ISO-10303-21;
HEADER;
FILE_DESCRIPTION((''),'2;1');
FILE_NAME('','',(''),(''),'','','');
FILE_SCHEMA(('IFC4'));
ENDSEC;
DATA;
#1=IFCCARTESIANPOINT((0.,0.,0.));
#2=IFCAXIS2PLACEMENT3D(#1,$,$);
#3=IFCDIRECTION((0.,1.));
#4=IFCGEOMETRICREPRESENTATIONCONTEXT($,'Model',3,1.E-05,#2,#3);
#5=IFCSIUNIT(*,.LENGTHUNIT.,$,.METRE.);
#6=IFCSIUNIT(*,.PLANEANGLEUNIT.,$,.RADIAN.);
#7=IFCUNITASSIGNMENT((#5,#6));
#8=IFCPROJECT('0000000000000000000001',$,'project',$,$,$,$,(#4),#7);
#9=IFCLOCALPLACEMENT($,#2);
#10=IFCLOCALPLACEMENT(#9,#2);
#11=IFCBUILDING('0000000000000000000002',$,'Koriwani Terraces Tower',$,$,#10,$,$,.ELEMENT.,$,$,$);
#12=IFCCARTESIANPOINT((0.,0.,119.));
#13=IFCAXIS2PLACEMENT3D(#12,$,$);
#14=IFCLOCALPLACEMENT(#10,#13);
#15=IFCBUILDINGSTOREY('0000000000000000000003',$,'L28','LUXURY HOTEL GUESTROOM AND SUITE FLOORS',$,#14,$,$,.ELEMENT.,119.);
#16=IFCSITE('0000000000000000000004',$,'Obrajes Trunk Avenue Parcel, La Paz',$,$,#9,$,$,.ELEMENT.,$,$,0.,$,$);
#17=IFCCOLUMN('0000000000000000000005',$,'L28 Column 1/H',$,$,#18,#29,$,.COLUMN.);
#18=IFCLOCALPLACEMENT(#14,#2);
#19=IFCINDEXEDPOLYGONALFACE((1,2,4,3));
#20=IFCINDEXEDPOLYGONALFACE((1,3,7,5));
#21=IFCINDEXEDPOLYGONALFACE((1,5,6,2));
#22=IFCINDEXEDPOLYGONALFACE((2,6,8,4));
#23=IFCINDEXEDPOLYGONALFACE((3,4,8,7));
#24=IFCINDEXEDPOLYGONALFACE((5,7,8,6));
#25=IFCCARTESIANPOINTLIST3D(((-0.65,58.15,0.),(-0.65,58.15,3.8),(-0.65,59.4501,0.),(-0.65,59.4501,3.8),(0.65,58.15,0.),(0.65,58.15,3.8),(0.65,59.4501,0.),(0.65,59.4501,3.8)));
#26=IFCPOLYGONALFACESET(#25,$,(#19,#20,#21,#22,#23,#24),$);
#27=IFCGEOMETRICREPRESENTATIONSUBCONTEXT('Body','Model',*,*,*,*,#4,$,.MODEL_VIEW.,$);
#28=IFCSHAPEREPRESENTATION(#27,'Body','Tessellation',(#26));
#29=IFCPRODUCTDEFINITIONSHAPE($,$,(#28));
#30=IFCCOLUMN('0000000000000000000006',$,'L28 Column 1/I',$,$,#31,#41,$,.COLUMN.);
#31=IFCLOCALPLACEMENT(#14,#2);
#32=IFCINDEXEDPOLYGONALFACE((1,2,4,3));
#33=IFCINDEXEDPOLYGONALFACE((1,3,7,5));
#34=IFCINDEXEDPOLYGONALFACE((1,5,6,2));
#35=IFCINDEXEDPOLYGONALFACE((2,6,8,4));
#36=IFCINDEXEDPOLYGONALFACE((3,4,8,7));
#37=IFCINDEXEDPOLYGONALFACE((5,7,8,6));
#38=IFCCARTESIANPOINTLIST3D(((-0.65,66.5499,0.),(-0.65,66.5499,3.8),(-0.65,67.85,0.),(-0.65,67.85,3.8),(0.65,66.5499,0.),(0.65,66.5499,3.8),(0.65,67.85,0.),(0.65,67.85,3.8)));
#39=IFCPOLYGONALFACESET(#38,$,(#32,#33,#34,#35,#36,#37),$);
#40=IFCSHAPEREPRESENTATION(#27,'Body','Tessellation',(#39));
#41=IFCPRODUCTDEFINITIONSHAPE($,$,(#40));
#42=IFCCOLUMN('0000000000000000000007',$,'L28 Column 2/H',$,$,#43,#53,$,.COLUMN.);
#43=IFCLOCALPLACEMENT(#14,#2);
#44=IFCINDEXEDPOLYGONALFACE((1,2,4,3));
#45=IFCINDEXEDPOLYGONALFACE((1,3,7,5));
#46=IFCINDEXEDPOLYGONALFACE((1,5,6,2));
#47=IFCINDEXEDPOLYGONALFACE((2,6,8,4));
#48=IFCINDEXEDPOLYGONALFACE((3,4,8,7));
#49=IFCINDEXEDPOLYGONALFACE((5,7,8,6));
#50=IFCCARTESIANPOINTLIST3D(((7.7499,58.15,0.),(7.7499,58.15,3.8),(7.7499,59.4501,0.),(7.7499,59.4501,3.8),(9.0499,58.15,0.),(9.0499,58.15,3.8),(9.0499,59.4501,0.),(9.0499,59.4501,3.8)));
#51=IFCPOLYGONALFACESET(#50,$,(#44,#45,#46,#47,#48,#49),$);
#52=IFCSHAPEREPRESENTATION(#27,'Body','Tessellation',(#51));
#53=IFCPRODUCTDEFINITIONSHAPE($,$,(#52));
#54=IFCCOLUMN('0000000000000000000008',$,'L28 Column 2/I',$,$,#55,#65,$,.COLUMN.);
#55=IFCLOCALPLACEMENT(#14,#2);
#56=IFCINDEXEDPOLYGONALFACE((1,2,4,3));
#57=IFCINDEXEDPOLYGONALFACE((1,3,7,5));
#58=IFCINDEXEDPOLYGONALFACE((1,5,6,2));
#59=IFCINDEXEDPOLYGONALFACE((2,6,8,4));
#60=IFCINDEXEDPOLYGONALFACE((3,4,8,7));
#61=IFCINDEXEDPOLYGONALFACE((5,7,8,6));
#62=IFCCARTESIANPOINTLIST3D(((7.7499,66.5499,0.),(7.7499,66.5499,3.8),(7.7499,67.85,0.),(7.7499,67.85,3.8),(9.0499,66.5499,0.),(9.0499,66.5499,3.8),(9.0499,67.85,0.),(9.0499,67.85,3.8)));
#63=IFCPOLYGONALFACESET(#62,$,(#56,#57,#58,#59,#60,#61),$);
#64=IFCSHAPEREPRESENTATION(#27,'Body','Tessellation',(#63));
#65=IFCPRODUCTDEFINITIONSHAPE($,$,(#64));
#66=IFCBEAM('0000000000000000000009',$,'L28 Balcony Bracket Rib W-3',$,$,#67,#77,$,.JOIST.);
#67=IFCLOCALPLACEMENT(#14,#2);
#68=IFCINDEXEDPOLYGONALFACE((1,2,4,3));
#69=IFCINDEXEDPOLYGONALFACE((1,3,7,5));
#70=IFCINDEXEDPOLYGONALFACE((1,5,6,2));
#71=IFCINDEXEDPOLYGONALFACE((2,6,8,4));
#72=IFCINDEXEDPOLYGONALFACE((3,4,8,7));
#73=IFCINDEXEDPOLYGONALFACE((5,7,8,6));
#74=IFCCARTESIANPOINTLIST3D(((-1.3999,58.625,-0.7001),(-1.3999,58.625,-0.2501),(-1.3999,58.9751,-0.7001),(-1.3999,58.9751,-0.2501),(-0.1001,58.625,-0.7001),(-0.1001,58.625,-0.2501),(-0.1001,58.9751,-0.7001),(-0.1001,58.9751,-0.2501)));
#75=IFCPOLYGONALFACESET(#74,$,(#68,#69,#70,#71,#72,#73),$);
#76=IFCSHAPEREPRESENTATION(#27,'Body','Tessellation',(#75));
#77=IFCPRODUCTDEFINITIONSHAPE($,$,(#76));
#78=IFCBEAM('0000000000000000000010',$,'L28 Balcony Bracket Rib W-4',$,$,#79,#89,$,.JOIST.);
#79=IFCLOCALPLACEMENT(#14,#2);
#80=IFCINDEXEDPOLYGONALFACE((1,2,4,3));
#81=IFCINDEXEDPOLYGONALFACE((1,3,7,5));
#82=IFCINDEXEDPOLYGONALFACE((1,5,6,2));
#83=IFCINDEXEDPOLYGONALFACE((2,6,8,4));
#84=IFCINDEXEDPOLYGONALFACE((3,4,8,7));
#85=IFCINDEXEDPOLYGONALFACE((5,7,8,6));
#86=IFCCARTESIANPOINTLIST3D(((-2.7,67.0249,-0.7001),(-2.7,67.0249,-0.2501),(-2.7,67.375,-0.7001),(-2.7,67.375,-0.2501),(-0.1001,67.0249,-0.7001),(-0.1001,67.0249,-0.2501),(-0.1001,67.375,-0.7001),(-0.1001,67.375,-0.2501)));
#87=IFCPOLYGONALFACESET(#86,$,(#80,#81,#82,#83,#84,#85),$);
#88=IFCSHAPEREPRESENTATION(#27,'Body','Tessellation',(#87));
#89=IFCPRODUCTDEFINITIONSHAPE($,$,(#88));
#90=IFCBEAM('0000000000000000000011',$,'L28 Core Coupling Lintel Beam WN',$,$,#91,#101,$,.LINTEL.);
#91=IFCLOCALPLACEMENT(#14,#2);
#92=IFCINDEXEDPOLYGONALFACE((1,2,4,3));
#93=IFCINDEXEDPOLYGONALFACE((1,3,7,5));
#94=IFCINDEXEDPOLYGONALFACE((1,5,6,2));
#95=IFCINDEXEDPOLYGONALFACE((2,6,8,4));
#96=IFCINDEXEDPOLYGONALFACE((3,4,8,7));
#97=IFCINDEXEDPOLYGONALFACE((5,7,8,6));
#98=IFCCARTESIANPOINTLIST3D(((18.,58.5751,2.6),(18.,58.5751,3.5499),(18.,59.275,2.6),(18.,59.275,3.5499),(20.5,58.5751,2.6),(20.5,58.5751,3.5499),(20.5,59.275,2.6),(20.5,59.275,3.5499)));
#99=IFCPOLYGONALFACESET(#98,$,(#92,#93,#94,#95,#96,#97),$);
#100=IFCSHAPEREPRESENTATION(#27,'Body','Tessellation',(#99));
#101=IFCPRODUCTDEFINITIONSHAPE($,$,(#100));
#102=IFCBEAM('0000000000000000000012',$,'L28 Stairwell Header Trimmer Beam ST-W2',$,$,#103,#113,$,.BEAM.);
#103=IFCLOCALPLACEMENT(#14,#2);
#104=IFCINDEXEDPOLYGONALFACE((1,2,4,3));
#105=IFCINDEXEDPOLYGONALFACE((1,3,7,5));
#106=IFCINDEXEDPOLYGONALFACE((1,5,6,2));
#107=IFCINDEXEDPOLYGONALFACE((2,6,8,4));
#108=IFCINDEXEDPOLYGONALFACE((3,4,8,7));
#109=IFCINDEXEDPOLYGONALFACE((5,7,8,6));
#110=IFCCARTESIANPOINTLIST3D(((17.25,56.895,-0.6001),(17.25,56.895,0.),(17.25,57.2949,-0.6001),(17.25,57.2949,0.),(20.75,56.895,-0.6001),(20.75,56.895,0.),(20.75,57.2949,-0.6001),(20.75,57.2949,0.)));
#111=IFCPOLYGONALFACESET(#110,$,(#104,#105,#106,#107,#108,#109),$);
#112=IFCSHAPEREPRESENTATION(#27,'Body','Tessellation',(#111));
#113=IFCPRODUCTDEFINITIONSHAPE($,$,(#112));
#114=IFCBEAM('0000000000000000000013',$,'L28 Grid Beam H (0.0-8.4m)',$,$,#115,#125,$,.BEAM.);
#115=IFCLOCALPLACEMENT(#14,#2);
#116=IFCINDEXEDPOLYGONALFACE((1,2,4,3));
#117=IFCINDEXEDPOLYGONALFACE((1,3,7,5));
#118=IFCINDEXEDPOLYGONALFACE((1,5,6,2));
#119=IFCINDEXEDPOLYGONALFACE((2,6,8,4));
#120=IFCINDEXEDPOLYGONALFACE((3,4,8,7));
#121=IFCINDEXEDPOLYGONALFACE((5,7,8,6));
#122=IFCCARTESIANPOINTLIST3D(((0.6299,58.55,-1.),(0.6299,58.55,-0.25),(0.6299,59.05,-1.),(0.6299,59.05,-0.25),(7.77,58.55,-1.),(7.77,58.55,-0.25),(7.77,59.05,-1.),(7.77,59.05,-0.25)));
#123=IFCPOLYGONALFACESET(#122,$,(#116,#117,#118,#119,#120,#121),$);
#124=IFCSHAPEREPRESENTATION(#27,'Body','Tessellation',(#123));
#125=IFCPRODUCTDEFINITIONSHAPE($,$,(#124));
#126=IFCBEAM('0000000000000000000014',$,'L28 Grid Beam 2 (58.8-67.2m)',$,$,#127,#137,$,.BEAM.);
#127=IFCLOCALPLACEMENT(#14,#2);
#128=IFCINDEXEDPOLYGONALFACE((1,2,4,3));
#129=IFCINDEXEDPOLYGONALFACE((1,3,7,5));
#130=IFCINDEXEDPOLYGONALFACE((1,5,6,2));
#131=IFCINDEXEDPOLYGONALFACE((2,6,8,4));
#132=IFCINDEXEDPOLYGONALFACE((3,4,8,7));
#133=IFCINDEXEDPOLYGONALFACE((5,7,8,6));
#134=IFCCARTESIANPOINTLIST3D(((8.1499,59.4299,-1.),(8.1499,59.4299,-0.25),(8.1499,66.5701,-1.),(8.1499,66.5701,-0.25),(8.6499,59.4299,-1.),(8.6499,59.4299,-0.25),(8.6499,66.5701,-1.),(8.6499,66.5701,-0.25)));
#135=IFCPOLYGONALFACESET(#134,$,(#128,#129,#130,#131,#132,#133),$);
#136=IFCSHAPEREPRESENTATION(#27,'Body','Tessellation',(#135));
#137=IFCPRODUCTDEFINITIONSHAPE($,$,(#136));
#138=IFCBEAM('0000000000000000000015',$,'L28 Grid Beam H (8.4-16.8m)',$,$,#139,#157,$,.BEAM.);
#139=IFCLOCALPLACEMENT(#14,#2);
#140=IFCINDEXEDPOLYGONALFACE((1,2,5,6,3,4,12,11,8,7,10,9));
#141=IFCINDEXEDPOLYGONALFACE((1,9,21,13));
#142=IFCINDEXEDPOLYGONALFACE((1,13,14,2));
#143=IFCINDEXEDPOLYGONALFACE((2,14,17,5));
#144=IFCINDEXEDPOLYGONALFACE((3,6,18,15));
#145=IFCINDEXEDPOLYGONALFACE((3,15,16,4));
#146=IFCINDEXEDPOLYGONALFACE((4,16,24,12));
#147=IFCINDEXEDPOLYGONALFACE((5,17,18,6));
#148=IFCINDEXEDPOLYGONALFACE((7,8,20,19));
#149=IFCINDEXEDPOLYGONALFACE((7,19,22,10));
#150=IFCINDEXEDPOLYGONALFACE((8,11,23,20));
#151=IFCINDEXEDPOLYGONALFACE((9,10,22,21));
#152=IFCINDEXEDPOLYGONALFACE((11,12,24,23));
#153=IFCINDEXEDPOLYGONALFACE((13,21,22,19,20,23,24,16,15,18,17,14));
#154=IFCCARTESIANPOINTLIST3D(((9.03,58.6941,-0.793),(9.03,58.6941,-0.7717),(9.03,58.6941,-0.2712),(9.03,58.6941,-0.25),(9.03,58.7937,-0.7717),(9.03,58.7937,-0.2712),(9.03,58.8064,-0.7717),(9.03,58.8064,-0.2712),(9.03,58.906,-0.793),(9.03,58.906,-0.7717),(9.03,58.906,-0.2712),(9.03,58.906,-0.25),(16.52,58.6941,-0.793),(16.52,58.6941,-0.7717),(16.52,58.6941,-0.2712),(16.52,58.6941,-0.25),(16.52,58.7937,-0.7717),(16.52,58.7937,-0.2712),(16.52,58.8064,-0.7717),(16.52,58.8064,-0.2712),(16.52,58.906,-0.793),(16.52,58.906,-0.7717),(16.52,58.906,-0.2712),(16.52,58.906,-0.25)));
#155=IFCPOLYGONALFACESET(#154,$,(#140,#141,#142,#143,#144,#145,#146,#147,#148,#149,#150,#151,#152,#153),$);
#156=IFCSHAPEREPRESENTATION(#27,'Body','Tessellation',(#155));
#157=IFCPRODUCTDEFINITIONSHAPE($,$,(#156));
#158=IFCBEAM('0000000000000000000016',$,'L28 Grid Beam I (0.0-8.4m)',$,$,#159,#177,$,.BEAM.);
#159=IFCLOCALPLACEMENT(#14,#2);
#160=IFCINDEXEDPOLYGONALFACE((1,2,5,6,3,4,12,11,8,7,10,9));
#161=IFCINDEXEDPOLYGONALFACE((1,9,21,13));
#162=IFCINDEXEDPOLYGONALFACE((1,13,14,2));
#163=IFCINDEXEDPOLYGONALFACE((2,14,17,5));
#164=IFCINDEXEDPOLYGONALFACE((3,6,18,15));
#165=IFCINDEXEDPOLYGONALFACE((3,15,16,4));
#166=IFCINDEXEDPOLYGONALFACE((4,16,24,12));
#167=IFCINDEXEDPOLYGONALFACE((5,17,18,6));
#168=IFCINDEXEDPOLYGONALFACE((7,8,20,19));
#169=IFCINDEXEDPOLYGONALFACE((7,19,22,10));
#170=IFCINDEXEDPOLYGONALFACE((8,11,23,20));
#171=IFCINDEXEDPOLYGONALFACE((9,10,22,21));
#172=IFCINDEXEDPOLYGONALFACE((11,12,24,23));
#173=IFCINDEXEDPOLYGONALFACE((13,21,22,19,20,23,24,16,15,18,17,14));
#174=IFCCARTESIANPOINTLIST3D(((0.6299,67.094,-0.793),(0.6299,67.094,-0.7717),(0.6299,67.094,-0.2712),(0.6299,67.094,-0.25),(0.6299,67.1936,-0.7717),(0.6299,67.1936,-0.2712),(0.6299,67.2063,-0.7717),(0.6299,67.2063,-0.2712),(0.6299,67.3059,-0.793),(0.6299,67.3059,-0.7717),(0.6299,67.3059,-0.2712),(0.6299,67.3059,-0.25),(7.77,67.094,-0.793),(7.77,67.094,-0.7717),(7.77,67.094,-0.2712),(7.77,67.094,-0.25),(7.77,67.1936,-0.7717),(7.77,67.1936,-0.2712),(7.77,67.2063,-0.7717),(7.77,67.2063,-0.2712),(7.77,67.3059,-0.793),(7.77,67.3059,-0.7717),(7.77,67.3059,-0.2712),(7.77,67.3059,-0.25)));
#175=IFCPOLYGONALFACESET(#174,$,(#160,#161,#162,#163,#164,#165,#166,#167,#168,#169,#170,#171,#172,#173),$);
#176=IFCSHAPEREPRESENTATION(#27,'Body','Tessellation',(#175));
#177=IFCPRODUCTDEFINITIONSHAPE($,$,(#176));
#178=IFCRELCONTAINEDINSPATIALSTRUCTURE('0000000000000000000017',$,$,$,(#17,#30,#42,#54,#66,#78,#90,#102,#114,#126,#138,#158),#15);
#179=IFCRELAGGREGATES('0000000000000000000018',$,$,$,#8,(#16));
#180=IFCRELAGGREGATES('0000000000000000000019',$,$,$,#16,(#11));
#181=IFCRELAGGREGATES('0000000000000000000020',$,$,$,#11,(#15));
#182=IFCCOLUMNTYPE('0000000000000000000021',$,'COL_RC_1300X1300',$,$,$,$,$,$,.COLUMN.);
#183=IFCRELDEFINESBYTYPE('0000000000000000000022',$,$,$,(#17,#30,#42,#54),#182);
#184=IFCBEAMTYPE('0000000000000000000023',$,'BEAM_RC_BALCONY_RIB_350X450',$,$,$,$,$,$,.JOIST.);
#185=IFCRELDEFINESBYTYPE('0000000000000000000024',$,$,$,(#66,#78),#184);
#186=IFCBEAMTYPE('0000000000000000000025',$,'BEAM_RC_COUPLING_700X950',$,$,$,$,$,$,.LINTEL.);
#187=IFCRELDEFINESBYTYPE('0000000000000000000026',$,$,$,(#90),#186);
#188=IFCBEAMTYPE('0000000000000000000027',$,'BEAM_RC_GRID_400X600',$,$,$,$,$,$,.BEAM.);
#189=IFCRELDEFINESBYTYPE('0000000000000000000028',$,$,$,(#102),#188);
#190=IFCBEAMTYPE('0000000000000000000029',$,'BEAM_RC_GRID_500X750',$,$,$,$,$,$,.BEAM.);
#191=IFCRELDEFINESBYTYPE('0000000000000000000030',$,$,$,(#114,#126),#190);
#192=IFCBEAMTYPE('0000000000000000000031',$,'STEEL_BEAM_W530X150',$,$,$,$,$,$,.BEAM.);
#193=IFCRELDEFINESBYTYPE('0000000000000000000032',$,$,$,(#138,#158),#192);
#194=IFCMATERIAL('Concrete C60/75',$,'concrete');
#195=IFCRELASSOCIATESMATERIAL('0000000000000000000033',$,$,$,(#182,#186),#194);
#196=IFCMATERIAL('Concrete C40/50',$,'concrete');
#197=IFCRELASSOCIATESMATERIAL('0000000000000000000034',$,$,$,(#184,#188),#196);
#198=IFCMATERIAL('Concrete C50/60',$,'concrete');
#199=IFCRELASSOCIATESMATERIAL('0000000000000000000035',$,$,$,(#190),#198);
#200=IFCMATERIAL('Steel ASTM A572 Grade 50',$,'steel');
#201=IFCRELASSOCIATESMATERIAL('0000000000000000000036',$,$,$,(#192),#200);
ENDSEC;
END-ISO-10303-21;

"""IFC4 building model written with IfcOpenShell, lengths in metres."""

from ifc_helpers import new_model, si_unit, direction, frame, origin, origin_2d, place, context, subcontext, project, spatial, rectangle, i_section, extrude, material, material_profile, profile_set, type_object, element, save


model = new_model("IFC4")

# Units and contexts
model_context = context("Model", 3, precision=1e-05, world=origin(), true_north=direction((0.0, 1.0)))
body_context = subcontext(model_context, "Body", "Model", "MODEL_VIEW")
ifc_project = project(units=[si_unit("LENGTHUNIT", "METRE"), si_unit("PLANEANGLEUNIT", "RADIAN")], contexts=[model_context])

# Site, building, storey
site_placement = place(None, origin())
site = spatial("IfcSite", under=ifc_project, at=site_placement, Name="Obrajes Trunk Avenue Parcel, La Paz", CompositionType="ELEMENT", RefElevation=0.0)
building_placement = place(site_placement, origin())
building = spatial("IfcBuilding", under=site, at=building_placement, Name="Koriwani Terraces Tower", CompositionType="ELEMENT")
storey_placement = place(building_placement, frame((0.0, 0.0, 119.0)))
storey = spatial("IfcBuildingStorey", under=building, at=storey_placement, Name="L28", Description="LUXURY HOTEL GUESTROOM AND SUITE FLOORS", CompositionType="ELEMENT", Elevation=119.0)

# Columns
ifc_material_1 = material(Name="Concrete C60/75", Category="concrete")
ifc_material_profile_1 = material_profile(ifc_material_1, rectangle(XDim=1.3, YDim=1.3, at=origin_2d()), Name="Concrete C60/75", Category="LoadBearing")
ifc_profile_set_1 = profile_set([ifc_material_profile_1], Name="Concrete C60/75")
column_type = type_object("IfcColumnType", Name="COL_RC_1300X1300", PredefinedType="COLUMN", material=ifc_profile_set_1)
for number, where, z_axis, x_axis, name in (
    (1, (0.0, 58.8, 0.0), (0.0, 0.0, 1.0), (1.0, 0.0, 0.0), "L28 Column 1/H"),
    (2, (0.0, 67.2, 0.0), (0.0, 0.0, 1.0), (1.0, 0.0, 0.0), "L28 Column 1/I"),
    (3, (8.3999, 58.8, 0.0), (0.0, 0.0, 1.0), (1.0, 0.0, 0.0), "L28 Column 2/H"),
    (4, (8.3999, 67.2, 0.0), (0.0, 0.0, 1.0), (1.0, 0.0, 0.0), "L28 Column 2/I"),
):
    element("IfcColumn", number, at=place(storey_placement, frame(where, z_axis=z_axis, x_axis=x_axis)), inside=storey, type_object=column_type, Name=name, PredefinedType="COLUMN", context=body_context, shape_type="SweptSolid", body=[
        extrude(rectangle(XDim=1.3, YDim=1.3, at=origin_2d()), origin(), (0.0, 0.0, 1.0), 3.8),
    ])

# Beams
ifc_material_2 = material(Name="Concrete C40/50", Category="concrete")
ifc_material_profile_2 = material_profile(ifc_material_2, rectangle(XDim=0.3501, YDim=0.45, at=origin_2d()), Name="Concrete C40/50", Category="LoadBearing")
ifc_profile_set_2 = profile_set([ifc_material_profile_2], Name="Concrete C40/50")
beam_type_1 = type_object("IfcBeamType", Name="BEAM_RC_BALCONY_RIB_350X450", PredefinedType="JOIST", material=ifc_profile_set_2)
beam_1_placement = place(storey_placement, frame((-1.3999, 58.8, -0.4751), z_axis=(1.0, 0.0, 0.0), x_axis=(0.0, 1.0, 0.0)))
element("IfcBeam", 5, at=beam_1_placement, inside=storey, type_object=beam_type_1, Name="L28 Balcony Bracket Rib W-3", PredefinedType="JOIST", context=body_context, shape_type="SweptSolid", body=[
    extrude(rectangle(XDim=0.3501, YDim=0.45, at=origin_2d()), origin(), (0.0, 0.0, 1.0), 1.2998),
])
beam_2_placement = place(storey_placement, frame((-2.7, 67.2, -0.4751), z_axis=(1.0, 0.0, 0.0), x_axis=(0.0, 1.0, 0.0)))
element("IfcBeam", 6, at=beam_2_placement, inside=storey, type_object=beam_type_1, Name="L28 Balcony Bracket Rib W-4", PredefinedType="JOIST", context=body_context, shape_type="SweptSolid", body=[
    extrude(rectangle(XDim=0.3501, YDim=0.45, at=origin_2d()), origin(), (0.0, 0.0, 1.0), 2.5999),
])
ifc_material_profile_3 = material_profile(ifc_material_1, rectangle(XDim=0.7, YDim=0.95, at=origin_2d()), Name="Concrete C60/75", Category="LoadBearing")
ifc_profile_set_3 = profile_set([ifc_material_profile_3], Name="Concrete C60/75")
beam_type_2 = type_object("IfcBeamType", Name="BEAM_RC_COUPLING_700X950", PredefinedType="LINTEL", material=ifc_profile_set_3)
beam_3_placement = place(storey_placement, frame((18.0, 58.925, 3.075), z_axis=(1.0, 0.0, 0.0), x_axis=(0.0, 1.0, 0.0)))
element("IfcBeam", 7, at=beam_3_placement, inside=storey, type_object=beam_type_2, Name="L28 Core Coupling Lintel Beam WN", PredefinedType="LINTEL", context=body_context, shape_type="SweptSolid", body=[
    extrude(rectangle(XDim=0.7, YDim=0.95, at=origin_2d()), origin(), (0.0, 0.0, 1.0), 2.5),
])
ifc_material_profile_4 = material_profile(ifc_material_2, rectangle(XDim=0.3999, YDim=0.6001, at=origin_2d()), Name="Concrete C40/50", Category="LoadBearing")
ifc_profile_set_4 = profile_set([ifc_material_profile_4], Name="Concrete C40/50")
beam_type_3 = type_object("IfcBeamType", Name="BEAM_RC_GRID_400X600", PredefinedType="BEAM", material=ifc_profile_set_4)
beam_4_placement = place(storey_placement, frame((17.25, 57.095, -0.3), z_axis=(1.0, 0.0, 0.0), x_axis=(0.0, 1.0, 0.0)))
element("IfcBeam", 8, at=beam_4_placement, inside=storey, type_object=beam_type_3, Name="L28 Stairwell Header Trimmer Beam ST-W2", PredefinedType="BEAM", context=body_context, shape_type="SweptSolid", body=[
    extrude(rectangle(XDim=0.3999, YDim=0.6001, at=origin_2d()), origin(), (0.0, 0.0, 1.0), 3.5),
])
ifc_material_3 = material(Name="Concrete C50/60", Category="concrete")
ifc_material_profile_5 = material_profile(ifc_material_3, rectangle(XDim=0.5, YDim=0.75, at=origin_2d()), Name="Concrete C50/60", Category="LoadBearing")
ifc_profile_set_5 = profile_set([ifc_material_profile_5], Name="Concrete C50/60")
beam_type_4 = type_object("IfcBeamType", Name="BEAM_RC_GRID_500X750", PredefinedType="BEAM", material=ifc_profile_set_5)
for number, where, z_axis, x_axis, name in (
    (9, (0.6299, 58.8, -0.625), (1.0, 0.0, 0.0), (0.0, 1.0, 0.0), "L28 Grid Beam H (0.0-8.4m)"),
    (10, (8.3999, 59.4299, -0.625), (0.0, 1.0, 0.0), (-1.0, 0.0, 0.0), "L28 Grid Beam 2 (58.8-67.2m)"),
):
    element("IfcBeam", number, at=place(storey_placement, frame(where, z_axis=z_axis, x_axis=x_axis)), inside=storey, type_object=beam_type_4, Name=name, PredefinedType="BEAM", context=body_context, shape_type="SweptSolid", body=[
        extrude(rectangle(XDim=0.5, YDim=0.75, at=origin_2d()), origin(), (0.0, 0.0, 1.0), 7.1401),
    ])
ifc_material_4 = material(Name="Steel ASTM A572 Grade 50", Category="steel")
ifc_material_profile_6 = material_profile(ifc_material_4, i_section(OverallWidth=0.2119, OverallDepth=0.543, WebThickness=0.0127, FlangeThickness=0.0212, at=origin_2d()), Name="Steel ASTM A572 Grade 50", Category="LoadBearing")
ifc_profile_set_6 = profile_set([ifc_material_profile_6], Name="Steel ASTM A572 Grade 50")
beam_type_5 = type_object("IfcBeamType", Name="STEEL_BEAM_W530X150", PredefinedType="BEAM", material=ifc_profile_set_6)
beam_5_placement = place(storey_placement, frame((9.03, 58.8, -0.5215), z_axis=(1.0, 0.0, 0.0), x_axis=(0.0, 1.0, 0.0)))
element("IfcBeam", 11, at=beam_5_placement, inside=storey, type_object=beam_type_5, Name="L28 Grid Beam H (8.4-16.8m)", PredefinedType="BEAM", context=body_context, shape_type="SweptSolid", body=[
    extrude(i_section(OverallWidth=0.2119, OverallDepth=0.543, WebThickness=0.0127, FlangeThickness=0.0212, at=origin_2d()), origin(), (0.0, 0.0, 1.0), 7.49),
])
beam_6_placement = place(storey_placement, frame((0.6299, 67.2, -0.5215), z_axis=(1.0, 0.0, 0.0), x_axis=(0.0, 1.0, 0.0)))
element("IfcBeam", 12, at=beam_6_placement, inside=storey, type_object=beam_type_5, Name="L28 Grid Beam I (0.0-8.4m)", PredefinedType="BEAM", context=body_context, shape_type="SweptSolid", body=[
    extrude(i_section(OverallWidth=0.2119, OverallDepth=0.543, WebThickness=0.0127, FlangeThickness=0.0212, at=origin_2d()), origin(), (0.0, 0.0, 1.0), 7.1401),
])

save(model, "model.ifc")
